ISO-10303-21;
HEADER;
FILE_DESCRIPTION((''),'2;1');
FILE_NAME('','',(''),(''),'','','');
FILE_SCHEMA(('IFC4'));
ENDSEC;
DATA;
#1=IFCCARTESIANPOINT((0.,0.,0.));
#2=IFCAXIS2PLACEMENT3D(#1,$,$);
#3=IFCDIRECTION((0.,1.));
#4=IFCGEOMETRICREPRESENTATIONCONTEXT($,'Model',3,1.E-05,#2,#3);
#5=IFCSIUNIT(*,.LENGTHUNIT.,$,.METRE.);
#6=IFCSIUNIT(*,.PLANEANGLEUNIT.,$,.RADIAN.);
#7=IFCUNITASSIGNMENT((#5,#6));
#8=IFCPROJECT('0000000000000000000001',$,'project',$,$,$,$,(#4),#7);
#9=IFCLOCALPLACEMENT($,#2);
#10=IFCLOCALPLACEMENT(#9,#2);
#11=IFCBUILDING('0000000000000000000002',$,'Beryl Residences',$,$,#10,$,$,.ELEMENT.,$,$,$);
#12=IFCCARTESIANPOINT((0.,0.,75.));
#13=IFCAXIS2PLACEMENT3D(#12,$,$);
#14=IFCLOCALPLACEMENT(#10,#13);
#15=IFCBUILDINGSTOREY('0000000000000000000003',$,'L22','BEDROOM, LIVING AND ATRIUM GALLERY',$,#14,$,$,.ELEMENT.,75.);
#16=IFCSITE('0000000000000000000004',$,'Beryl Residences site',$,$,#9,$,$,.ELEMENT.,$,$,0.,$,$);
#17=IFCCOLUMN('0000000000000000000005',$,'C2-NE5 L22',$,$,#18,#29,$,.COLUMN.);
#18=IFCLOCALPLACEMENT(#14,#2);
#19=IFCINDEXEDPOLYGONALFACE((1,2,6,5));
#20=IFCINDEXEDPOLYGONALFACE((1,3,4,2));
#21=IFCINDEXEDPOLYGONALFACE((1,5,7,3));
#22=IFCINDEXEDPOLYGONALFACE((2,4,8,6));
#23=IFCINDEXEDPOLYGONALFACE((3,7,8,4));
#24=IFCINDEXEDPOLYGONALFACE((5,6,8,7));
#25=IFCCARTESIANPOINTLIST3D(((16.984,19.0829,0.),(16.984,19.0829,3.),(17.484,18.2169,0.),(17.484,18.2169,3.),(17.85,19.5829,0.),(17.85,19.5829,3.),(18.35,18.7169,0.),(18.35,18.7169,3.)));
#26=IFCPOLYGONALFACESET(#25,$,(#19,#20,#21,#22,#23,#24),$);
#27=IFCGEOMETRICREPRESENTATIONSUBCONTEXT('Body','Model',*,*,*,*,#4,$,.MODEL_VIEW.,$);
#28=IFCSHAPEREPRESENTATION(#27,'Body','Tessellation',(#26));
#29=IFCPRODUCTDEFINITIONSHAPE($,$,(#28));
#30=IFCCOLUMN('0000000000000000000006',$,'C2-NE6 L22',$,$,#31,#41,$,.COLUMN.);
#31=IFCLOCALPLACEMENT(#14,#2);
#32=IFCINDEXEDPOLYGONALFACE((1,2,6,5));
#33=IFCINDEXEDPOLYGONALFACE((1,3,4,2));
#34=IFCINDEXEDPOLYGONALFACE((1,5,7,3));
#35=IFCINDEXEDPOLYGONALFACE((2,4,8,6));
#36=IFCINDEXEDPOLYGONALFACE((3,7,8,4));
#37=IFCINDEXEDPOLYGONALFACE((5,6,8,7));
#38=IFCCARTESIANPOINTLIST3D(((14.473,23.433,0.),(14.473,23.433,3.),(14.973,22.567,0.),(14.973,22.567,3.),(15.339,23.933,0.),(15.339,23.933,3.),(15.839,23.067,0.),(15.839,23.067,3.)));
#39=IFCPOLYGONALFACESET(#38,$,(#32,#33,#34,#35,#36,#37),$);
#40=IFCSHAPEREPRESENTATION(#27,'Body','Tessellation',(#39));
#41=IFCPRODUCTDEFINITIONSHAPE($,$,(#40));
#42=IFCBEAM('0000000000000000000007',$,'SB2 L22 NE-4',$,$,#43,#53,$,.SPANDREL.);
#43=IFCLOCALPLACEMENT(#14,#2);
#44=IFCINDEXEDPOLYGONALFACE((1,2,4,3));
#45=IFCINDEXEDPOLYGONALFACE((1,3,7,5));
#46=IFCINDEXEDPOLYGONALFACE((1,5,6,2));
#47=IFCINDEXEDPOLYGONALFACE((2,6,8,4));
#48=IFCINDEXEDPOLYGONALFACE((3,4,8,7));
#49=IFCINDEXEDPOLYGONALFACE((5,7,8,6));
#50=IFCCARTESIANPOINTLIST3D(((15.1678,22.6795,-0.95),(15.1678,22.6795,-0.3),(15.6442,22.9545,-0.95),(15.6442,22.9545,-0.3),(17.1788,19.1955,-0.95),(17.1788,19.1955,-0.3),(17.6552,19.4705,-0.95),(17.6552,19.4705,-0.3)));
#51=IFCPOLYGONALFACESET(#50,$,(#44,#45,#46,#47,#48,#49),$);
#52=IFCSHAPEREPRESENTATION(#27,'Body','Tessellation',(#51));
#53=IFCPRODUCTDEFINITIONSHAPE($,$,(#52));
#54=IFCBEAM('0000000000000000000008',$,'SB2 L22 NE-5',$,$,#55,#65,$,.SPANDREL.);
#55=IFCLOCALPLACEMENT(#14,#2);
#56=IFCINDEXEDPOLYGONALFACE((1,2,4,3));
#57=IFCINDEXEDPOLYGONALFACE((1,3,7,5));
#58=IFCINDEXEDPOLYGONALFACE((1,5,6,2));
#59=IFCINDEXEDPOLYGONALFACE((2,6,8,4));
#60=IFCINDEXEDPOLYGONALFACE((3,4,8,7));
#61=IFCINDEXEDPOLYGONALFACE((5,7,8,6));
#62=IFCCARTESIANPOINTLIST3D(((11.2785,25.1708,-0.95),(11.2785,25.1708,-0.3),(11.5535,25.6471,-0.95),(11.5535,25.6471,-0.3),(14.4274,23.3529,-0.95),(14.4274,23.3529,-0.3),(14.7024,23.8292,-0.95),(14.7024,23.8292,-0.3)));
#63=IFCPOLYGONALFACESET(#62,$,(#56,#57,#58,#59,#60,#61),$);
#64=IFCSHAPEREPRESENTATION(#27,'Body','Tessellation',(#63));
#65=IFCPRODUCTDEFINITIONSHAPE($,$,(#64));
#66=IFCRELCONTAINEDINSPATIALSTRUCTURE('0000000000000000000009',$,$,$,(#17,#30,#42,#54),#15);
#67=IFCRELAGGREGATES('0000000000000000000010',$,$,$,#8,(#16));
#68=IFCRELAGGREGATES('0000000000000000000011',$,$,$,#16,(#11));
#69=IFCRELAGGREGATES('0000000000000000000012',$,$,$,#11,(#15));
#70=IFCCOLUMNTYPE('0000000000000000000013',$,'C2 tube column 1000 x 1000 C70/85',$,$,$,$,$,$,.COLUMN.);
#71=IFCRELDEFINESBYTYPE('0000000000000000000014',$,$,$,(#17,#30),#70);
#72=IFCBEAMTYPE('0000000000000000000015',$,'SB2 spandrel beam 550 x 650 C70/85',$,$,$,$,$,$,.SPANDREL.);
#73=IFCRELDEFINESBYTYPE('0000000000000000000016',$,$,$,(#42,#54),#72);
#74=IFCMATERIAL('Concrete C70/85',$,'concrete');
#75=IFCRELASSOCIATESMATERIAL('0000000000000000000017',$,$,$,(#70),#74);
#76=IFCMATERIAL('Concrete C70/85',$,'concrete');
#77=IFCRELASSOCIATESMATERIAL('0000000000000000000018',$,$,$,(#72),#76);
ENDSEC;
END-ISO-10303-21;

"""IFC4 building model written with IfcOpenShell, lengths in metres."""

from ifc_helpers import new_model, si_unit, direction, frame, origin, origin_2d, place, context, subcontext, project, spatial, rectangle, extrude, material, material_profile, profile_set, type_object, element, save


model = new_model("IFC4")

# Units and contexts
model_context = context("Model", 3, precision=1e-05, world=origin(), true_north=direction((0.0, 1.0)))
body_context = subcontext(model_context, "Body", "Model", "MODEL_VIEW")
ifc_project = project(units=[si_unit("LENGTHUNIT", "METRE"), si_unit("PLANEANGLEUNIT", "RADIAN")], contexts=[model_context])

# Site, building, storey
site_placement = place(None, origin())
site = spatial("IfcSite", under=ifc_project, at=site_placement, Name="Beryl Residences site", CompositionType="ELEMENT", RefElevation=0.0)
building_placement = place(site_placement, origin())
building = spatial("IfcBuilding", under=site, at=building_placement, Name="Beryl Residences", CompositionType="ELEMENT")
storey_placement = place(building_placement, frame((0.0, 0.0, 75.0)))
storey = spatial("IfcBuildingStorey", under=building, at=storey_placement, Name="L22", Description="BEDROOM, LIVING AND ATRIUM GALLERY", CompositionType="ELEMENT", Elevation=75.0)

# Columns
ifc_material_1 = material(Name="Concrete C70/85", Category="concrete")
ifc_material_profile_1 = material_profile(ifc_material_1, rectangle(XDim=1.0, YDim=1.0, at=origin_2d()))
ifc_profile_set_1 = profile_set([ifc_material_profile_1], Name="Concrete C70/85")
column_type = type_object("IfcColumnType", Name="C2 tube column 1000 x 1000 C70/85", PredefinedType="COLUMN", material=ifc_profile_set_1)
for number, where, z_axis, x_axis, name in (
    (1, (17.667, 18.8999, 0.0), (0.0, 0.0, 1.0), (-0.5, 0.866025, 0.0), "C2-NE5 L22"),
    (2, (15.156, 23.25, 0.0), (0.0, 0.0, 1.0), (-0.5, 0.866025, 0.0), "C2-NE6 L22"),
):
    element("IfcColumn", number, at=place(storey_placement, frame(where, z_axis=z_axis, x_axis=x_axis)), inside=storey, type_object=column_type, Name=name, PredefinedType="COLUMN", context=body_context, shape_type="SweptSolid", body=[
        extrude(rectangle(XDim=1.0, YDim=1.0, at=origin_2d()), origin(), (0.0, 0.0, 1.0), 3.0),
    ])

# Beams
ifc_material_2 = material(Name="Concrete C70/85", Category="concrete")
ifc_material_profile_2 = material_profile(ifc_material_2, rectangle(XDim=0.55, YDim=0.6499, at=origin_2d()))
ifc_profile_set_2 = profile_set([ifc_material_profile_2], Name="Concrete C70/85")
beam_type = type_object("IfcBeamType", Name="SB2 spandrel beam 550 x 650 C70/85", PredefinedType="SPANDREL", material=ifc_profile_set_2)
beam_1_placement = place(storey_placement, frame((17.417, 19.333, -0.625), z_axis=(-0.499919, 0.866072, 0.0), x_axis=(-0.866072, -0.499919, 0.0)))
element("IfcBeam", 3, at=beam_1_placement, inside=storey, type_object=beam_type, Name="SB2 L22 NE-4", PredefinedType="SPANDREL", context=body_context, shape_type="SweptSolid", body=[
    extrude(rectangle(XDim=0.55, YDim=0.6499, at=origin_2d()), origin(), (0.0, 0.0, 1.0), 4.0227),
])
beam_2_placement = place(storey_placement, frame((14.5649, 23.5911, -0.625), z_axis=(-0.866045, 0.499967, 0.0), x_axis=(-0.499967, -0.866045, 0.0)))
element("IfcBeam", 4, at=beam_2_placement, inside=storey, type_object=beam_type, Name="SB2 L22 NE-5", PredefinedType="SPANDREL", context=body_context, shape_type="SweptSolid", body=[
    extrude(rectangle(XDim=0.55, YDim=0.6499, at=origin_2d()), origin(), (0.0, 0.0, 1.0), 3.636),
])

save(model, "model.ifc")
